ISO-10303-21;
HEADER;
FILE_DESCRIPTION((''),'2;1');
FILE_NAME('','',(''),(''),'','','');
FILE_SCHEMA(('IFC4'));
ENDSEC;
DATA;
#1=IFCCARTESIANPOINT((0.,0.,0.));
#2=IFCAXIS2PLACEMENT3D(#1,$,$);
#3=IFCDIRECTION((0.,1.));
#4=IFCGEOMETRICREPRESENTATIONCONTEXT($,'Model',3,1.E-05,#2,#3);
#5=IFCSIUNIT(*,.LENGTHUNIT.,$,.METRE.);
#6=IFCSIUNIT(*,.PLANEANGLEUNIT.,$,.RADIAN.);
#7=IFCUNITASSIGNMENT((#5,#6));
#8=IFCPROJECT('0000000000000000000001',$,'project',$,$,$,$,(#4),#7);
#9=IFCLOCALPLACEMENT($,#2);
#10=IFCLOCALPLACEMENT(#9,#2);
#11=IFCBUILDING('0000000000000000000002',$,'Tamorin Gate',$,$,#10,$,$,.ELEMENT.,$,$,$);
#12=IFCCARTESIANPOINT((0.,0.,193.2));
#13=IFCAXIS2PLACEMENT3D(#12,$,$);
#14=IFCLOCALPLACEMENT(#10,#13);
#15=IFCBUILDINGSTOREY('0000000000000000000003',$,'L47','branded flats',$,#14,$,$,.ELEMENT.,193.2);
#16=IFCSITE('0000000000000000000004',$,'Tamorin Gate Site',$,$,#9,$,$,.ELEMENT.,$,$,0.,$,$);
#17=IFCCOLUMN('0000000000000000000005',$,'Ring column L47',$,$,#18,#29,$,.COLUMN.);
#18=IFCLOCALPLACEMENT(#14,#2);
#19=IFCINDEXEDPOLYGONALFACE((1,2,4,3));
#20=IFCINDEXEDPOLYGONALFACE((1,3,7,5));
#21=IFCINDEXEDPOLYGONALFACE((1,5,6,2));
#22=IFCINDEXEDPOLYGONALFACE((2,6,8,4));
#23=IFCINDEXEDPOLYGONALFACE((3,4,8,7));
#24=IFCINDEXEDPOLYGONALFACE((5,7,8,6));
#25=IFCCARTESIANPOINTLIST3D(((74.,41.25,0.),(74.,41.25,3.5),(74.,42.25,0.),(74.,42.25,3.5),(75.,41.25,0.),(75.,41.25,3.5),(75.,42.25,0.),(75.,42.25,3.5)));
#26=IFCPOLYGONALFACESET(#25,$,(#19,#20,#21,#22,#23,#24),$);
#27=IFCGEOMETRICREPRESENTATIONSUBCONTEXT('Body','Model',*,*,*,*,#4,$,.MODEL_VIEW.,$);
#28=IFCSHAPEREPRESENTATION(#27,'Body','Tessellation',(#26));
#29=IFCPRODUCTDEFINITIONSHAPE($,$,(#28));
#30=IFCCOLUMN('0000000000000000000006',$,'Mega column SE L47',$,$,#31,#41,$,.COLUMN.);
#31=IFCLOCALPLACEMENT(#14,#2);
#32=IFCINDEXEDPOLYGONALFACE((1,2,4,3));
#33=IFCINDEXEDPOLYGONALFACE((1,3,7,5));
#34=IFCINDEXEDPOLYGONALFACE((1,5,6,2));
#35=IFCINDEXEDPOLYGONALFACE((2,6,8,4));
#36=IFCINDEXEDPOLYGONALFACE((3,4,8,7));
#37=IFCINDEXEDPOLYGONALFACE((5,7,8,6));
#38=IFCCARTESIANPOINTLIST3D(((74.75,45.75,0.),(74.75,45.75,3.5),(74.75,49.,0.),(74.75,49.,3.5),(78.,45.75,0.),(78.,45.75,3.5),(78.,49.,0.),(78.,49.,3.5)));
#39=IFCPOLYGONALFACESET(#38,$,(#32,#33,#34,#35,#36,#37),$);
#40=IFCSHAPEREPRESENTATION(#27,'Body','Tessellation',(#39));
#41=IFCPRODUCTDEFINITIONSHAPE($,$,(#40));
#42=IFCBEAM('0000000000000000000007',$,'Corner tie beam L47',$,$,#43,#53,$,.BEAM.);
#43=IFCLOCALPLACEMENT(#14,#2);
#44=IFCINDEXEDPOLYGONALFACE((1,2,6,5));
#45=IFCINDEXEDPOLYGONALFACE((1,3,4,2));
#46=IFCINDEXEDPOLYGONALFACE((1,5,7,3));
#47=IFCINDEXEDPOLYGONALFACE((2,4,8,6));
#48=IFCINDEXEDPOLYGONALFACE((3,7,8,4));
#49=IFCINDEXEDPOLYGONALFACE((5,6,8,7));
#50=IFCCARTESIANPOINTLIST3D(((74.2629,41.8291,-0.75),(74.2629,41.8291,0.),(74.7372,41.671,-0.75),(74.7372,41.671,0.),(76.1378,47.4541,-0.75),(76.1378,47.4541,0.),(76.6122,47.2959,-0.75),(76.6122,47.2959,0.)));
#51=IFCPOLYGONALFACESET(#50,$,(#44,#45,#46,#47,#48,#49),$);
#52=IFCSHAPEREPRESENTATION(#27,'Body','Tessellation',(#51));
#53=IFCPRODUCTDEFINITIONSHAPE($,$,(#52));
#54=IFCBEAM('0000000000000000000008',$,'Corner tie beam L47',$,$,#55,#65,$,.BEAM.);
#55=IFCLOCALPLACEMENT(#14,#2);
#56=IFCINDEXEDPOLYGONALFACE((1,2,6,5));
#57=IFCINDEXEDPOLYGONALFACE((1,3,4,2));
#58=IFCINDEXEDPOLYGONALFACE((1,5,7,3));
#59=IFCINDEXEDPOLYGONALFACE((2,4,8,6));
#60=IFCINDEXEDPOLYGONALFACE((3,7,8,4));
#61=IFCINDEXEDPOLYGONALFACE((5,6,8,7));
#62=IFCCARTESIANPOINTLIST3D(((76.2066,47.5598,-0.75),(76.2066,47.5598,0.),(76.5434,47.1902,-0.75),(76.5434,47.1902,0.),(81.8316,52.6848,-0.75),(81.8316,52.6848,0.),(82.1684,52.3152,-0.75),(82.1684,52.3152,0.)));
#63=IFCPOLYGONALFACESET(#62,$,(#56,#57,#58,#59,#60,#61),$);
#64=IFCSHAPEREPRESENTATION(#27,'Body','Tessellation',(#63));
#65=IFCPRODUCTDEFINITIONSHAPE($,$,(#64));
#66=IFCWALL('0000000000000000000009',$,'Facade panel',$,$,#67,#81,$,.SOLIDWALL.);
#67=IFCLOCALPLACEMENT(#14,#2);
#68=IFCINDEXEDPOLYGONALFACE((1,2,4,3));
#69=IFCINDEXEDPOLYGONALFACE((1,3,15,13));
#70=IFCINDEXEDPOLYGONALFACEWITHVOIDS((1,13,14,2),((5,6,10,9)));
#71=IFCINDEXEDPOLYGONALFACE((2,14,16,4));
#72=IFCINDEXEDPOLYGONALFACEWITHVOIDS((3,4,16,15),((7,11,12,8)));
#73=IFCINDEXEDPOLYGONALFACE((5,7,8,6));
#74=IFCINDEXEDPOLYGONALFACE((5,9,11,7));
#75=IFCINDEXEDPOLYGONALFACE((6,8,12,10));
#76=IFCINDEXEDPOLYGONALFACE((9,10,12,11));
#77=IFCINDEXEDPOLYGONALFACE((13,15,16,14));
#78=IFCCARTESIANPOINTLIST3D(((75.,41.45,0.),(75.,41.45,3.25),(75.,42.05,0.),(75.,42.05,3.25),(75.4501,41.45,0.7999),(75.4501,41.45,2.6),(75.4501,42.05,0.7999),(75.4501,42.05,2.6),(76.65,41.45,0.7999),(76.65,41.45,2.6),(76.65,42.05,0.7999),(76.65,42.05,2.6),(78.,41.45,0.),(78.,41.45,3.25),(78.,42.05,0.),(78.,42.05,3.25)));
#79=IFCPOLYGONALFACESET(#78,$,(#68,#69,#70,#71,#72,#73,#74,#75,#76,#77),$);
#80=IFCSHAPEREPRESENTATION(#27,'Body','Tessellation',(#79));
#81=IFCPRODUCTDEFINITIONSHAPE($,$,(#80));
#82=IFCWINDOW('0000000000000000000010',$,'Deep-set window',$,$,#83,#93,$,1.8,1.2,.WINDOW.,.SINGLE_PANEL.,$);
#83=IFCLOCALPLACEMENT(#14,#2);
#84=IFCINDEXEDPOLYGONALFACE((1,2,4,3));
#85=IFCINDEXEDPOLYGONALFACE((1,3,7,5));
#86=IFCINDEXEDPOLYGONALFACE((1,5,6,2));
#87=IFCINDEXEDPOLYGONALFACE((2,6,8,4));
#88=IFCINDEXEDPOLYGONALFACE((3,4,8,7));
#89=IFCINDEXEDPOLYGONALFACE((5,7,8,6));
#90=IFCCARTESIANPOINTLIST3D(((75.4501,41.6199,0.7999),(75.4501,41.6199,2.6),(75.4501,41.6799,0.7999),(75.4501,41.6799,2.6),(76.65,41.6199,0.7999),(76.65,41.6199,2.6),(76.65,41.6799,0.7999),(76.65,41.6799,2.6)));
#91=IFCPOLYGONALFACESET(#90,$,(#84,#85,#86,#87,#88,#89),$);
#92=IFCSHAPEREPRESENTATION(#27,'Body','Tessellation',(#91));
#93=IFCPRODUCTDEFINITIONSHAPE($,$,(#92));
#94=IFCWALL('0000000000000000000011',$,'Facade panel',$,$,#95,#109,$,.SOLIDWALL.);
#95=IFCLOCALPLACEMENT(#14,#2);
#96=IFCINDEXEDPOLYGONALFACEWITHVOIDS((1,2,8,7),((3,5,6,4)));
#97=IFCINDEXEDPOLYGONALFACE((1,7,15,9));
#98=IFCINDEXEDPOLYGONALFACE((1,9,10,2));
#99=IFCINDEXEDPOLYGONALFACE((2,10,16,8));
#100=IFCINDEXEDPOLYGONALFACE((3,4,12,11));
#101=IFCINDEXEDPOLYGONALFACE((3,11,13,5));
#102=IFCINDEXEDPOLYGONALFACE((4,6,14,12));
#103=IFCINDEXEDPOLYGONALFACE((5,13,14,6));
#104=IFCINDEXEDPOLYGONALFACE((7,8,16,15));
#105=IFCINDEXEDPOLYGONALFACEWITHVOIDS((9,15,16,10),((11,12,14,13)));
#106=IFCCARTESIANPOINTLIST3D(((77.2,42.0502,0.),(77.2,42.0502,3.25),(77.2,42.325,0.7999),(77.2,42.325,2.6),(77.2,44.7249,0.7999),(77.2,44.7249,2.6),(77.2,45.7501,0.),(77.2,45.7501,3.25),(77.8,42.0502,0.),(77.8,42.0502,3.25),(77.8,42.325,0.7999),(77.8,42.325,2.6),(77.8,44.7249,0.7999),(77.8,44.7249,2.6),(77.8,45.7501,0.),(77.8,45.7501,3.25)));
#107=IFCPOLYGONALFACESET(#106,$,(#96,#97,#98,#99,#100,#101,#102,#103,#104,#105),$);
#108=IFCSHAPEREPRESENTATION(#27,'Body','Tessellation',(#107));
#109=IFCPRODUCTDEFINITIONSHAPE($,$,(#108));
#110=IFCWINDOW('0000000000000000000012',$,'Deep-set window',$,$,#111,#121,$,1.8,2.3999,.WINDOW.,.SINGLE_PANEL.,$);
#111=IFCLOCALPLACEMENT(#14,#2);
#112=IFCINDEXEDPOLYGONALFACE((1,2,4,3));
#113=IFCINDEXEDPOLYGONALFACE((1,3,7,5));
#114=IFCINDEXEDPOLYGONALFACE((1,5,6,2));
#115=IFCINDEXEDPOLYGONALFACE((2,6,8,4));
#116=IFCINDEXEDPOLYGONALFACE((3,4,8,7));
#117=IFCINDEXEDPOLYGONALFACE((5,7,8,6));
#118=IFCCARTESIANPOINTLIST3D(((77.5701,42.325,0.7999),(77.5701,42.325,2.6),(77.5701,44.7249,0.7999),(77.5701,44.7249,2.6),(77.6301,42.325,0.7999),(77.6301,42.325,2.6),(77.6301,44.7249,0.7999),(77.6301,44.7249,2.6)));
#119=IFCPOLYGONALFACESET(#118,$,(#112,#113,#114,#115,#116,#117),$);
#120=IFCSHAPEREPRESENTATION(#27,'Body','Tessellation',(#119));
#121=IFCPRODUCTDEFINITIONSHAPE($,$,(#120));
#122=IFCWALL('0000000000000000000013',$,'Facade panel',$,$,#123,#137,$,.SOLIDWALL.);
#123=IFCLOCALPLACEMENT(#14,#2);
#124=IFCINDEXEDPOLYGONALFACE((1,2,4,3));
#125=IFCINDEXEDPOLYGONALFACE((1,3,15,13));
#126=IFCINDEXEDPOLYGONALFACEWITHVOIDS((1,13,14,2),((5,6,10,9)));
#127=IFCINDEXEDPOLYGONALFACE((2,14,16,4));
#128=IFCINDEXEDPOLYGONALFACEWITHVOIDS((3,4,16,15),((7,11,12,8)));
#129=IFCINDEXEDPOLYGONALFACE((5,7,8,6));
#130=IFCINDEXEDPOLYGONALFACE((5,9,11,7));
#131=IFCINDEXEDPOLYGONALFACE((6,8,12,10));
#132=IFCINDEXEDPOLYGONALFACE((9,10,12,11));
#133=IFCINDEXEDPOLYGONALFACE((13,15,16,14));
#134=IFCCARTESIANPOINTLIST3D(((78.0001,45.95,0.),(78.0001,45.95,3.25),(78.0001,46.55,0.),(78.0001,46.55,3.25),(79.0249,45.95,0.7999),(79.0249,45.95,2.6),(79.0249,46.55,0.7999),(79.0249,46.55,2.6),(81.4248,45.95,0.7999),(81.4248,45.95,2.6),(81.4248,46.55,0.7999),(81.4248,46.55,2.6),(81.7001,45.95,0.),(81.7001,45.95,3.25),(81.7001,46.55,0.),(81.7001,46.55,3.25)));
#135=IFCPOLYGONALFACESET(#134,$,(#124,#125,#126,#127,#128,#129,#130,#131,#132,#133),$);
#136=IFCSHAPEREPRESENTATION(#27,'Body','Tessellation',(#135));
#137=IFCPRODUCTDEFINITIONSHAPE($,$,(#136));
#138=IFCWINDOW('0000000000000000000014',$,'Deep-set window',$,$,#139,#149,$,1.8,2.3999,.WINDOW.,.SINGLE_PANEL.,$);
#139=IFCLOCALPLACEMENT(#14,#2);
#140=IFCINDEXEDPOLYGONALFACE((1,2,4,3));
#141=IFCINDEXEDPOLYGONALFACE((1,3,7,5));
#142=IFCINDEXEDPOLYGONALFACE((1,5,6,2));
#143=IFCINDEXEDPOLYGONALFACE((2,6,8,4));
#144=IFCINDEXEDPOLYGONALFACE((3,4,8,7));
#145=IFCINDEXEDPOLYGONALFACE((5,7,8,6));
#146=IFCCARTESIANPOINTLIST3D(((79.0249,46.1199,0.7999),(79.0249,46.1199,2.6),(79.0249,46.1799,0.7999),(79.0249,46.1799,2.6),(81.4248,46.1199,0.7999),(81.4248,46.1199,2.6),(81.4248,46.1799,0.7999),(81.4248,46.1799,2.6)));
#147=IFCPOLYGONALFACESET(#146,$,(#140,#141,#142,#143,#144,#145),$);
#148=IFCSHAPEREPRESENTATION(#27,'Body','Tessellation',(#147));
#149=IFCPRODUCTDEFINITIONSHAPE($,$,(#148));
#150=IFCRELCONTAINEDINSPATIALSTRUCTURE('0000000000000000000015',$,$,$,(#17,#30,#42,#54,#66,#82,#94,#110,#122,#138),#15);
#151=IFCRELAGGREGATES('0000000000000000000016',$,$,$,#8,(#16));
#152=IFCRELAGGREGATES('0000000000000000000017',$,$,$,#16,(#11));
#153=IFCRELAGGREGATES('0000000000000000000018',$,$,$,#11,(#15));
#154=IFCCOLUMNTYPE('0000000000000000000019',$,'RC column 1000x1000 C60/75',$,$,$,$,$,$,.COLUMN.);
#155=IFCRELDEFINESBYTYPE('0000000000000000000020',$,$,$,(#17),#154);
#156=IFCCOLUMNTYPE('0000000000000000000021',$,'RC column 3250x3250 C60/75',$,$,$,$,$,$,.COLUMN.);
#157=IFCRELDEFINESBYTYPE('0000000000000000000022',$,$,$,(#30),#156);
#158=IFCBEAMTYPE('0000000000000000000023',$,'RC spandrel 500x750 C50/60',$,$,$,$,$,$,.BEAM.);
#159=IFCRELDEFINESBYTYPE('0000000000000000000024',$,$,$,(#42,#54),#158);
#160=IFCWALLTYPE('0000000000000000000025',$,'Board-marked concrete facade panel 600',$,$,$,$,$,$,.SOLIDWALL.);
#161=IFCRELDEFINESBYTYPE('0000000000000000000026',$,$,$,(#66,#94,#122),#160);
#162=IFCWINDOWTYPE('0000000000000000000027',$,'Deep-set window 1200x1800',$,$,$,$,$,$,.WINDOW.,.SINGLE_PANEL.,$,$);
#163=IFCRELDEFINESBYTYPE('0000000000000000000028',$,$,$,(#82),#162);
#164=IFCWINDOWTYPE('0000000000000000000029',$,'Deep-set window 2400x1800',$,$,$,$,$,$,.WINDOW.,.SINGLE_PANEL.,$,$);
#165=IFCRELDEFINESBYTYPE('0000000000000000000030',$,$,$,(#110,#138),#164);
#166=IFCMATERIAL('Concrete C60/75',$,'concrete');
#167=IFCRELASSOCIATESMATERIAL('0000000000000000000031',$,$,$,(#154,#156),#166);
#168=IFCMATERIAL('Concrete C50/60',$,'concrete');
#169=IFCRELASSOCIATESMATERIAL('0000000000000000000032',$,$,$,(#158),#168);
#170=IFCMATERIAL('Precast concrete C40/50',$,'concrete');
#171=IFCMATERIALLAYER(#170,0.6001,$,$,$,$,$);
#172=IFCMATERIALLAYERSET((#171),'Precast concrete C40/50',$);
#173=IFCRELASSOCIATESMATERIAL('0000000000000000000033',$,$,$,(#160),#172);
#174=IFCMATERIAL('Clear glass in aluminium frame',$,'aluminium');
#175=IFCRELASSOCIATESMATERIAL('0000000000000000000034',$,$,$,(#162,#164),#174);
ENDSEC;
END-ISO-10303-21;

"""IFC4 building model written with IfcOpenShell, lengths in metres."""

from ifc_helpers import new_model, si_unit, direction, frame, frame_2d, origin, origin_2d, place, context, subcontext, project, spatial, rectangle, extrude, material, layer, layer_set, material_profile, profile_set, type_object, element, fill, save


model = new_model("IFC4")

# Units and contexts
model_context = context("Model", 3, precision=1e-05, world=origin(), true_north=direction((0.0, 1.0)))
body_context = subcontext(model_context, "Body", "Model", "MODEL_VIEW")
ifc_project = project(units=[si_unit("LENGTHUNIT", "METRE"), si_unit("PLANEANGLEUNIT", "RADIAN")], contexts=[model_context])

# Site, building, storey
site_placement = place(None, origin())
site = spatial("IfcSite", under=ifc_project, at=site_placement, Name="Tamorin Gate Site", CompositionType="ELEMENT", RefElevation=0.0)
building_placement = place(site_placement, origin())
building = spatial("IfcBuilding", under=site, at=building_placement, Name="Tamorin Gate", CompositionType="ELEMENT")
storey_placement = place(building_placement, frame((0.0, 0.0, 193.2)))
storey = spatial("IfcBuildingStorey", under=building, at=storey_placement, Name="L47", Description="branded flats", CompositionType="ELEMENT", Elevation=193.2)

# Columns
ifc_material_1 = material(Name="Concrete C60/75", Category="concrete")
ifc_material_profile_1 = material_profile(ifc_material_1, rectangle(XDim=1.0, YDim=1.0, at=origin_2d()), Name="RC 1000x1000")
ifc_profile_set_1 = profile_set([ifc_material_profile_1], Name="Concrete C60/75")
column_type_1 = type_object("IfcColumnType", Name="RC column 1000x1000 C60/75", PredefinedType="COLUMN", material=ifc_profile_set_1)
column_1_placement = place(storey_placement, frame((74.5, 41.75, 0.0), z_axis=(0.0, 0.0, 1.0), x_axis=(1.0, 0.0, 0.0)))
element("IfcColumn", 1, at=column_1_placement, inside=storey, type_object=column_type_1, Name="Ring column L47", PredefinedType="COLUMN", context=body_context, shape_type="SweptSolid", body=[
    extrude(rectangle(XDim=1.0, YDim=1.0, at=origin_2d()), origin(), (0.0, 0.0, 1.0), 3.5),
])
ifc_material_profile_2 = material_profile(ifc_material_1, rectangle(XDim=3.25, YDim=3.25, at=origin_2d()), Name="RC 3250x3250")
ifc_profile_set_2 = profile_set([ifc_material_profile_2], Name="Concrete C60/75")
column_type_2 = type_object("IfcColumnType", Name="RC column 3250x3250 C60/75", PredefinedType="COLUMN", material=ifc_profile_set_2)
column_2_placement = place(storey_placement, frame((76.375, 47.375, 0.0), z_axis=(0.0, 0.0, 1.0), x_axis=(1.0, 0.0, 0.0)))
element("IfcColumn", 2, at=column_2_placement, inside=storey, type_object=column_type_2, Name="Mega column SE L47", PredefinedType="COLUMN", context=body_context, shape_type="SweptSolid", body=[
    extrude(rectangle(XDim=3.25, YDim=3.25, at=origin_2d()), origin(), (0.0, 0.0, 1.0), 3.5),
])

# Beams
ifc_material_2 = material(Name="Concrete C50/60", Category="concrete")
ifc_material_profile_3 = material_profile(ifc_material_2, rectangle(XDim=0.5, YDim=0.75, at=origin_2d()), Name="RC 500x750")
ifc_profile_set_3 = profile_set([ifc_material_profile_3], Name="Concrete C50/60")
beam_type = type_object("IfcBeamType", Name="RC spandrel 500x750 C50/60", PredefinedType="BEAM", material=ifc_profile_set_3)
beam_1_placement = place(storey_placement, frame((76.375, 47.375, -0.375), z_axis=(-0.316228, -0.948683, 0.0), x_axis=(0.948683, -0.316228, 0.0)))
element("IfcBeam", 3, at=beam_1_placement, inside=storey, type_object=beam_type, Name="Corner tie beam L47", PredefinedType="BEAM", context=body_context, shape_type="SweptSolid", body=[
    extrude(rectangle(XDim=0.5, YDim=0.75, at=origin_2d()), origin(), (0.0, 0.0, 1.0), 5.9292),
])
beam_2_placement = place(storey_placement, frame((76.375, 47.375, -0.375), z_axis=(0.739196, 0.67349, 0.0), x_axis=(-0.67349, 0.739196, 0.0)))
element("IfcBeam", 4, at=beam_2_placement, inside=storey, type_object=beam_type, Name="Corner tie beam L47", PredefinedType="BEAM", context=body_context, shape_type="SweptSolid", body=[
    extrude(rectangle(XDim=0.5, YDim=0.75, at=origin_2d()), origin(), (0.0, 0.0, 1.0), 7.6096),
])

# Walls, openings, windows
ifc_material_3 = material(Name="Precast concrete C40/50", Category="concrete")
ifc_layer = layer(ifc_material_3, 0.6001)
ifc_layer_set = layer_set([ifc_layer], Name="Precast concrete C40/50")
wall_type = type_object("IfcWallType", Name="Board-marked concrete facade panel 600", PredefinedType="SOLIDWALL", material=ifc_layer_set)
wall_1_placement = place(storey_placement, frame((75.0, 41.75, 0.0), z_axis=(0.0, 0.0, 1.0), x_axis=(1.0, 0.0, 0.0)))
wall_1 = element("IfcWall", 5, at=wall_1_placement, inside=storey, type_object=wall_type, Name="Facade panel", PredefinedType="SOLIDWALL", context=body_context, shape_type="SweptSolid", body=[
    extrude(rectangle(XDim=3.0, YDim=0.6001, at=frame_2d((1.5, 0.0))), origin(), (0.0, 0.0, 1.0), 3.25),
])
opening_1_placement = place(wall_1_placement, frame((0.45, 0.0, 0.8)))
opening_1 = element("IfcOpeningElement", 6, at=opening_1_placement, cuts=wall_1, PredefinedType="OPENING", context=body_context, shape_type="SweptSolid", body=[
    extrude(rectangle(XDim=1.2, YDim=1.8, at=frame_2d((0.6001, 0.8999))), frame((0.0, 0.3101, 0.0), z_axis=(0.0, -1.0, 0.0), x_axis=(1.0, 0.0, 0.0)), (0.0, 0.0, 1.0), 0.6201),
])
ifc_material_4 = material(Name="Clear glass in aluminium frame", Category="aluminium")
window_type_1 = type_object("IfcWindowType", Name="Deep-set window 1200x1800", PartitioningType="SINGLE_PANEL", PredefinedType="WINDOW", material=ifc_material_4)
window_1_placement = place(opening_1_placement, origin())
window_1 = element("IfcWindow", 7, at=window_1_placement, inside=storey, type_object=window_type_1, Name="Deep-set window", OverallHeight=1.8, OverallWidth=1.2, PartitioningType="SINGLE_PANEL", PredefinedType="WINDOW", context=body_context, shape_type="SweptSolid", body=[
    extrude(rectangle(XDim=1.2, YDim=1.8, at=frame_2d((0.6001, 0.8999))), frame((0.0, -0.0701, 0.0), z_axis=(0.0, -1.0, 0.0), x_axis=(1.0, 0.0, 0.0)), (0.0, 0.0, 1.0), 0.0601),
])
fill(opening_1, window_1)
wall_2_placement = place(storey_placement, frame((77.5, 42.05, 0.0), z_axis=(0.0, 0.0, 1.0), x_axis=(0.0, 1.0, 0.0)))
wall_2 = element("IfcWall", 8, at=wall_2_placement, inside=storey, type_object=wall_type, Name="Facade panel", PredefinedType="SOLIDWALL", context=body_context, shape_type="SweptSolid", body=[
    extrude(rectangle(XDim=3.7, YDim=0.6001, at=frame_2d((1.8501, 0.0))), origin(), (0.0, 0.0, 1.0), 3.25),
])
opening_2_placement = place(wall_2_placement, frame((0.2749, 0.0, 0.8)))
opening_2 = element("IfcOpeningElement", 9, at=opening_2_placement, cuts=wall_2, PredefinedType="OPENING", context=body_context, shape_type="SweptSolid", body=[
    extrude(rectangle(XDim=2.3999, YDim=1.8, at=frame_2d((1.2, 0.8999))), frame((0.0, 0.3101, 0.0), z_axis=(0.0, -1.0, 0.0), x_axis=(1.0, 0.0, 0.0)), (0.0, 0.0, 1.0), 0.6201),
])
window_type_2 = type_object("IfcWindowType", Name="Deep-set window 2400x1800", PartitioningType="SINGLE_PANEL", PredefinedType="WINDOW", material=ifc_material_4)
window_2_placement = place(opening_2_placement, origin())
window_2 = element("IfcWindow", 10, at=window_2_placement, inside=storey, type_object=window_type_2, Name="Deep-set window", OverallHeight=1.8, OverallWidth=2.3999, PartitioningType="SINGLE_PANEL", PredefinedType="WINDOW", context=body_context, shape_type="SweptSolid", body=[
    extrude(rectangle(XDim=2.3999, YDim=1.8, at=frame_2d((1.2, 0.8999))), frame((0.0, -0.0701, 0.0), z_axis=(0.0, -1.0, 0.0), x_axis=(1.0, 0.0, 0.0)), (0.0, 0.0, 1.0), 0.0601),
])
fill(opening_2, window_2)
wall_3_placement = place(storey_placement, frame((78.0, 46.25, 0.0), z_axis=(0.0, 0.0, 1.0), x_axis=(1.0, 0.0, 0.0)))
wall_3 = element("IfcWall", 11, at=wall_3_placement, inside=storey, type_object=wall_type, Name="Facade panel", PredefinedType="SOLIDWALL", context=body_context, shape_type="SweptSolid", body=[
    extrude(rectangle(XDim=3.7, YDim=0.6001, at=frame_2d((1.8501, 0.0))), origin(), (0.0, 0.0, 1.0), 3.25),
])
opening_3_placement = place(wall_3_placement, frame((1.0249, 0.0, 0.8)))
opening_3 = element("IfcOpeningElement", 12, at=opening_3_placement, cuts=wall_3, PredefinedType="OPENING", context=body_context, shape_type="SweptSolid", body=[
    extrude(rectangle(XDim=2.3999, YDim=1.8, at=frame_2d((1.2, 0.8999))), frame((0.0, 0.3101, 0.0), z_axis=(0.0, -1.0, 0.0), x_axis=(1.0, 0.0, 0.0)), (0.0, 0.0, 1.0), 0.6201),
])
window_3_placement = place(opening_3_placement, origin())
window_3 = element("IfcWindow", 13, at=window_3_placement, inside=storey, type_object=window_type_2, Name="Deep-set window", OverallHeight=1.8, OverallWidth=2.3999, PartitioningType="SINGLE_PANEL", PredefinedType="WINDOW", context=body_context, shape_type="SweptSolid", body=[
    extrude(rectangle(XDim=2.3999, YDim=1.8, at=frame_2d((1.2, 0.8999))), frame((0.0, -0.0701, 0.0), z_axis=(0.0, -1.0, 0.0), x_axis=(1.0, 0.0, 0.0)), (0.0, 0.0, 1.0), 0.0601),
])
fill(opening_3, window_3)

save(model, "model.ifc")
